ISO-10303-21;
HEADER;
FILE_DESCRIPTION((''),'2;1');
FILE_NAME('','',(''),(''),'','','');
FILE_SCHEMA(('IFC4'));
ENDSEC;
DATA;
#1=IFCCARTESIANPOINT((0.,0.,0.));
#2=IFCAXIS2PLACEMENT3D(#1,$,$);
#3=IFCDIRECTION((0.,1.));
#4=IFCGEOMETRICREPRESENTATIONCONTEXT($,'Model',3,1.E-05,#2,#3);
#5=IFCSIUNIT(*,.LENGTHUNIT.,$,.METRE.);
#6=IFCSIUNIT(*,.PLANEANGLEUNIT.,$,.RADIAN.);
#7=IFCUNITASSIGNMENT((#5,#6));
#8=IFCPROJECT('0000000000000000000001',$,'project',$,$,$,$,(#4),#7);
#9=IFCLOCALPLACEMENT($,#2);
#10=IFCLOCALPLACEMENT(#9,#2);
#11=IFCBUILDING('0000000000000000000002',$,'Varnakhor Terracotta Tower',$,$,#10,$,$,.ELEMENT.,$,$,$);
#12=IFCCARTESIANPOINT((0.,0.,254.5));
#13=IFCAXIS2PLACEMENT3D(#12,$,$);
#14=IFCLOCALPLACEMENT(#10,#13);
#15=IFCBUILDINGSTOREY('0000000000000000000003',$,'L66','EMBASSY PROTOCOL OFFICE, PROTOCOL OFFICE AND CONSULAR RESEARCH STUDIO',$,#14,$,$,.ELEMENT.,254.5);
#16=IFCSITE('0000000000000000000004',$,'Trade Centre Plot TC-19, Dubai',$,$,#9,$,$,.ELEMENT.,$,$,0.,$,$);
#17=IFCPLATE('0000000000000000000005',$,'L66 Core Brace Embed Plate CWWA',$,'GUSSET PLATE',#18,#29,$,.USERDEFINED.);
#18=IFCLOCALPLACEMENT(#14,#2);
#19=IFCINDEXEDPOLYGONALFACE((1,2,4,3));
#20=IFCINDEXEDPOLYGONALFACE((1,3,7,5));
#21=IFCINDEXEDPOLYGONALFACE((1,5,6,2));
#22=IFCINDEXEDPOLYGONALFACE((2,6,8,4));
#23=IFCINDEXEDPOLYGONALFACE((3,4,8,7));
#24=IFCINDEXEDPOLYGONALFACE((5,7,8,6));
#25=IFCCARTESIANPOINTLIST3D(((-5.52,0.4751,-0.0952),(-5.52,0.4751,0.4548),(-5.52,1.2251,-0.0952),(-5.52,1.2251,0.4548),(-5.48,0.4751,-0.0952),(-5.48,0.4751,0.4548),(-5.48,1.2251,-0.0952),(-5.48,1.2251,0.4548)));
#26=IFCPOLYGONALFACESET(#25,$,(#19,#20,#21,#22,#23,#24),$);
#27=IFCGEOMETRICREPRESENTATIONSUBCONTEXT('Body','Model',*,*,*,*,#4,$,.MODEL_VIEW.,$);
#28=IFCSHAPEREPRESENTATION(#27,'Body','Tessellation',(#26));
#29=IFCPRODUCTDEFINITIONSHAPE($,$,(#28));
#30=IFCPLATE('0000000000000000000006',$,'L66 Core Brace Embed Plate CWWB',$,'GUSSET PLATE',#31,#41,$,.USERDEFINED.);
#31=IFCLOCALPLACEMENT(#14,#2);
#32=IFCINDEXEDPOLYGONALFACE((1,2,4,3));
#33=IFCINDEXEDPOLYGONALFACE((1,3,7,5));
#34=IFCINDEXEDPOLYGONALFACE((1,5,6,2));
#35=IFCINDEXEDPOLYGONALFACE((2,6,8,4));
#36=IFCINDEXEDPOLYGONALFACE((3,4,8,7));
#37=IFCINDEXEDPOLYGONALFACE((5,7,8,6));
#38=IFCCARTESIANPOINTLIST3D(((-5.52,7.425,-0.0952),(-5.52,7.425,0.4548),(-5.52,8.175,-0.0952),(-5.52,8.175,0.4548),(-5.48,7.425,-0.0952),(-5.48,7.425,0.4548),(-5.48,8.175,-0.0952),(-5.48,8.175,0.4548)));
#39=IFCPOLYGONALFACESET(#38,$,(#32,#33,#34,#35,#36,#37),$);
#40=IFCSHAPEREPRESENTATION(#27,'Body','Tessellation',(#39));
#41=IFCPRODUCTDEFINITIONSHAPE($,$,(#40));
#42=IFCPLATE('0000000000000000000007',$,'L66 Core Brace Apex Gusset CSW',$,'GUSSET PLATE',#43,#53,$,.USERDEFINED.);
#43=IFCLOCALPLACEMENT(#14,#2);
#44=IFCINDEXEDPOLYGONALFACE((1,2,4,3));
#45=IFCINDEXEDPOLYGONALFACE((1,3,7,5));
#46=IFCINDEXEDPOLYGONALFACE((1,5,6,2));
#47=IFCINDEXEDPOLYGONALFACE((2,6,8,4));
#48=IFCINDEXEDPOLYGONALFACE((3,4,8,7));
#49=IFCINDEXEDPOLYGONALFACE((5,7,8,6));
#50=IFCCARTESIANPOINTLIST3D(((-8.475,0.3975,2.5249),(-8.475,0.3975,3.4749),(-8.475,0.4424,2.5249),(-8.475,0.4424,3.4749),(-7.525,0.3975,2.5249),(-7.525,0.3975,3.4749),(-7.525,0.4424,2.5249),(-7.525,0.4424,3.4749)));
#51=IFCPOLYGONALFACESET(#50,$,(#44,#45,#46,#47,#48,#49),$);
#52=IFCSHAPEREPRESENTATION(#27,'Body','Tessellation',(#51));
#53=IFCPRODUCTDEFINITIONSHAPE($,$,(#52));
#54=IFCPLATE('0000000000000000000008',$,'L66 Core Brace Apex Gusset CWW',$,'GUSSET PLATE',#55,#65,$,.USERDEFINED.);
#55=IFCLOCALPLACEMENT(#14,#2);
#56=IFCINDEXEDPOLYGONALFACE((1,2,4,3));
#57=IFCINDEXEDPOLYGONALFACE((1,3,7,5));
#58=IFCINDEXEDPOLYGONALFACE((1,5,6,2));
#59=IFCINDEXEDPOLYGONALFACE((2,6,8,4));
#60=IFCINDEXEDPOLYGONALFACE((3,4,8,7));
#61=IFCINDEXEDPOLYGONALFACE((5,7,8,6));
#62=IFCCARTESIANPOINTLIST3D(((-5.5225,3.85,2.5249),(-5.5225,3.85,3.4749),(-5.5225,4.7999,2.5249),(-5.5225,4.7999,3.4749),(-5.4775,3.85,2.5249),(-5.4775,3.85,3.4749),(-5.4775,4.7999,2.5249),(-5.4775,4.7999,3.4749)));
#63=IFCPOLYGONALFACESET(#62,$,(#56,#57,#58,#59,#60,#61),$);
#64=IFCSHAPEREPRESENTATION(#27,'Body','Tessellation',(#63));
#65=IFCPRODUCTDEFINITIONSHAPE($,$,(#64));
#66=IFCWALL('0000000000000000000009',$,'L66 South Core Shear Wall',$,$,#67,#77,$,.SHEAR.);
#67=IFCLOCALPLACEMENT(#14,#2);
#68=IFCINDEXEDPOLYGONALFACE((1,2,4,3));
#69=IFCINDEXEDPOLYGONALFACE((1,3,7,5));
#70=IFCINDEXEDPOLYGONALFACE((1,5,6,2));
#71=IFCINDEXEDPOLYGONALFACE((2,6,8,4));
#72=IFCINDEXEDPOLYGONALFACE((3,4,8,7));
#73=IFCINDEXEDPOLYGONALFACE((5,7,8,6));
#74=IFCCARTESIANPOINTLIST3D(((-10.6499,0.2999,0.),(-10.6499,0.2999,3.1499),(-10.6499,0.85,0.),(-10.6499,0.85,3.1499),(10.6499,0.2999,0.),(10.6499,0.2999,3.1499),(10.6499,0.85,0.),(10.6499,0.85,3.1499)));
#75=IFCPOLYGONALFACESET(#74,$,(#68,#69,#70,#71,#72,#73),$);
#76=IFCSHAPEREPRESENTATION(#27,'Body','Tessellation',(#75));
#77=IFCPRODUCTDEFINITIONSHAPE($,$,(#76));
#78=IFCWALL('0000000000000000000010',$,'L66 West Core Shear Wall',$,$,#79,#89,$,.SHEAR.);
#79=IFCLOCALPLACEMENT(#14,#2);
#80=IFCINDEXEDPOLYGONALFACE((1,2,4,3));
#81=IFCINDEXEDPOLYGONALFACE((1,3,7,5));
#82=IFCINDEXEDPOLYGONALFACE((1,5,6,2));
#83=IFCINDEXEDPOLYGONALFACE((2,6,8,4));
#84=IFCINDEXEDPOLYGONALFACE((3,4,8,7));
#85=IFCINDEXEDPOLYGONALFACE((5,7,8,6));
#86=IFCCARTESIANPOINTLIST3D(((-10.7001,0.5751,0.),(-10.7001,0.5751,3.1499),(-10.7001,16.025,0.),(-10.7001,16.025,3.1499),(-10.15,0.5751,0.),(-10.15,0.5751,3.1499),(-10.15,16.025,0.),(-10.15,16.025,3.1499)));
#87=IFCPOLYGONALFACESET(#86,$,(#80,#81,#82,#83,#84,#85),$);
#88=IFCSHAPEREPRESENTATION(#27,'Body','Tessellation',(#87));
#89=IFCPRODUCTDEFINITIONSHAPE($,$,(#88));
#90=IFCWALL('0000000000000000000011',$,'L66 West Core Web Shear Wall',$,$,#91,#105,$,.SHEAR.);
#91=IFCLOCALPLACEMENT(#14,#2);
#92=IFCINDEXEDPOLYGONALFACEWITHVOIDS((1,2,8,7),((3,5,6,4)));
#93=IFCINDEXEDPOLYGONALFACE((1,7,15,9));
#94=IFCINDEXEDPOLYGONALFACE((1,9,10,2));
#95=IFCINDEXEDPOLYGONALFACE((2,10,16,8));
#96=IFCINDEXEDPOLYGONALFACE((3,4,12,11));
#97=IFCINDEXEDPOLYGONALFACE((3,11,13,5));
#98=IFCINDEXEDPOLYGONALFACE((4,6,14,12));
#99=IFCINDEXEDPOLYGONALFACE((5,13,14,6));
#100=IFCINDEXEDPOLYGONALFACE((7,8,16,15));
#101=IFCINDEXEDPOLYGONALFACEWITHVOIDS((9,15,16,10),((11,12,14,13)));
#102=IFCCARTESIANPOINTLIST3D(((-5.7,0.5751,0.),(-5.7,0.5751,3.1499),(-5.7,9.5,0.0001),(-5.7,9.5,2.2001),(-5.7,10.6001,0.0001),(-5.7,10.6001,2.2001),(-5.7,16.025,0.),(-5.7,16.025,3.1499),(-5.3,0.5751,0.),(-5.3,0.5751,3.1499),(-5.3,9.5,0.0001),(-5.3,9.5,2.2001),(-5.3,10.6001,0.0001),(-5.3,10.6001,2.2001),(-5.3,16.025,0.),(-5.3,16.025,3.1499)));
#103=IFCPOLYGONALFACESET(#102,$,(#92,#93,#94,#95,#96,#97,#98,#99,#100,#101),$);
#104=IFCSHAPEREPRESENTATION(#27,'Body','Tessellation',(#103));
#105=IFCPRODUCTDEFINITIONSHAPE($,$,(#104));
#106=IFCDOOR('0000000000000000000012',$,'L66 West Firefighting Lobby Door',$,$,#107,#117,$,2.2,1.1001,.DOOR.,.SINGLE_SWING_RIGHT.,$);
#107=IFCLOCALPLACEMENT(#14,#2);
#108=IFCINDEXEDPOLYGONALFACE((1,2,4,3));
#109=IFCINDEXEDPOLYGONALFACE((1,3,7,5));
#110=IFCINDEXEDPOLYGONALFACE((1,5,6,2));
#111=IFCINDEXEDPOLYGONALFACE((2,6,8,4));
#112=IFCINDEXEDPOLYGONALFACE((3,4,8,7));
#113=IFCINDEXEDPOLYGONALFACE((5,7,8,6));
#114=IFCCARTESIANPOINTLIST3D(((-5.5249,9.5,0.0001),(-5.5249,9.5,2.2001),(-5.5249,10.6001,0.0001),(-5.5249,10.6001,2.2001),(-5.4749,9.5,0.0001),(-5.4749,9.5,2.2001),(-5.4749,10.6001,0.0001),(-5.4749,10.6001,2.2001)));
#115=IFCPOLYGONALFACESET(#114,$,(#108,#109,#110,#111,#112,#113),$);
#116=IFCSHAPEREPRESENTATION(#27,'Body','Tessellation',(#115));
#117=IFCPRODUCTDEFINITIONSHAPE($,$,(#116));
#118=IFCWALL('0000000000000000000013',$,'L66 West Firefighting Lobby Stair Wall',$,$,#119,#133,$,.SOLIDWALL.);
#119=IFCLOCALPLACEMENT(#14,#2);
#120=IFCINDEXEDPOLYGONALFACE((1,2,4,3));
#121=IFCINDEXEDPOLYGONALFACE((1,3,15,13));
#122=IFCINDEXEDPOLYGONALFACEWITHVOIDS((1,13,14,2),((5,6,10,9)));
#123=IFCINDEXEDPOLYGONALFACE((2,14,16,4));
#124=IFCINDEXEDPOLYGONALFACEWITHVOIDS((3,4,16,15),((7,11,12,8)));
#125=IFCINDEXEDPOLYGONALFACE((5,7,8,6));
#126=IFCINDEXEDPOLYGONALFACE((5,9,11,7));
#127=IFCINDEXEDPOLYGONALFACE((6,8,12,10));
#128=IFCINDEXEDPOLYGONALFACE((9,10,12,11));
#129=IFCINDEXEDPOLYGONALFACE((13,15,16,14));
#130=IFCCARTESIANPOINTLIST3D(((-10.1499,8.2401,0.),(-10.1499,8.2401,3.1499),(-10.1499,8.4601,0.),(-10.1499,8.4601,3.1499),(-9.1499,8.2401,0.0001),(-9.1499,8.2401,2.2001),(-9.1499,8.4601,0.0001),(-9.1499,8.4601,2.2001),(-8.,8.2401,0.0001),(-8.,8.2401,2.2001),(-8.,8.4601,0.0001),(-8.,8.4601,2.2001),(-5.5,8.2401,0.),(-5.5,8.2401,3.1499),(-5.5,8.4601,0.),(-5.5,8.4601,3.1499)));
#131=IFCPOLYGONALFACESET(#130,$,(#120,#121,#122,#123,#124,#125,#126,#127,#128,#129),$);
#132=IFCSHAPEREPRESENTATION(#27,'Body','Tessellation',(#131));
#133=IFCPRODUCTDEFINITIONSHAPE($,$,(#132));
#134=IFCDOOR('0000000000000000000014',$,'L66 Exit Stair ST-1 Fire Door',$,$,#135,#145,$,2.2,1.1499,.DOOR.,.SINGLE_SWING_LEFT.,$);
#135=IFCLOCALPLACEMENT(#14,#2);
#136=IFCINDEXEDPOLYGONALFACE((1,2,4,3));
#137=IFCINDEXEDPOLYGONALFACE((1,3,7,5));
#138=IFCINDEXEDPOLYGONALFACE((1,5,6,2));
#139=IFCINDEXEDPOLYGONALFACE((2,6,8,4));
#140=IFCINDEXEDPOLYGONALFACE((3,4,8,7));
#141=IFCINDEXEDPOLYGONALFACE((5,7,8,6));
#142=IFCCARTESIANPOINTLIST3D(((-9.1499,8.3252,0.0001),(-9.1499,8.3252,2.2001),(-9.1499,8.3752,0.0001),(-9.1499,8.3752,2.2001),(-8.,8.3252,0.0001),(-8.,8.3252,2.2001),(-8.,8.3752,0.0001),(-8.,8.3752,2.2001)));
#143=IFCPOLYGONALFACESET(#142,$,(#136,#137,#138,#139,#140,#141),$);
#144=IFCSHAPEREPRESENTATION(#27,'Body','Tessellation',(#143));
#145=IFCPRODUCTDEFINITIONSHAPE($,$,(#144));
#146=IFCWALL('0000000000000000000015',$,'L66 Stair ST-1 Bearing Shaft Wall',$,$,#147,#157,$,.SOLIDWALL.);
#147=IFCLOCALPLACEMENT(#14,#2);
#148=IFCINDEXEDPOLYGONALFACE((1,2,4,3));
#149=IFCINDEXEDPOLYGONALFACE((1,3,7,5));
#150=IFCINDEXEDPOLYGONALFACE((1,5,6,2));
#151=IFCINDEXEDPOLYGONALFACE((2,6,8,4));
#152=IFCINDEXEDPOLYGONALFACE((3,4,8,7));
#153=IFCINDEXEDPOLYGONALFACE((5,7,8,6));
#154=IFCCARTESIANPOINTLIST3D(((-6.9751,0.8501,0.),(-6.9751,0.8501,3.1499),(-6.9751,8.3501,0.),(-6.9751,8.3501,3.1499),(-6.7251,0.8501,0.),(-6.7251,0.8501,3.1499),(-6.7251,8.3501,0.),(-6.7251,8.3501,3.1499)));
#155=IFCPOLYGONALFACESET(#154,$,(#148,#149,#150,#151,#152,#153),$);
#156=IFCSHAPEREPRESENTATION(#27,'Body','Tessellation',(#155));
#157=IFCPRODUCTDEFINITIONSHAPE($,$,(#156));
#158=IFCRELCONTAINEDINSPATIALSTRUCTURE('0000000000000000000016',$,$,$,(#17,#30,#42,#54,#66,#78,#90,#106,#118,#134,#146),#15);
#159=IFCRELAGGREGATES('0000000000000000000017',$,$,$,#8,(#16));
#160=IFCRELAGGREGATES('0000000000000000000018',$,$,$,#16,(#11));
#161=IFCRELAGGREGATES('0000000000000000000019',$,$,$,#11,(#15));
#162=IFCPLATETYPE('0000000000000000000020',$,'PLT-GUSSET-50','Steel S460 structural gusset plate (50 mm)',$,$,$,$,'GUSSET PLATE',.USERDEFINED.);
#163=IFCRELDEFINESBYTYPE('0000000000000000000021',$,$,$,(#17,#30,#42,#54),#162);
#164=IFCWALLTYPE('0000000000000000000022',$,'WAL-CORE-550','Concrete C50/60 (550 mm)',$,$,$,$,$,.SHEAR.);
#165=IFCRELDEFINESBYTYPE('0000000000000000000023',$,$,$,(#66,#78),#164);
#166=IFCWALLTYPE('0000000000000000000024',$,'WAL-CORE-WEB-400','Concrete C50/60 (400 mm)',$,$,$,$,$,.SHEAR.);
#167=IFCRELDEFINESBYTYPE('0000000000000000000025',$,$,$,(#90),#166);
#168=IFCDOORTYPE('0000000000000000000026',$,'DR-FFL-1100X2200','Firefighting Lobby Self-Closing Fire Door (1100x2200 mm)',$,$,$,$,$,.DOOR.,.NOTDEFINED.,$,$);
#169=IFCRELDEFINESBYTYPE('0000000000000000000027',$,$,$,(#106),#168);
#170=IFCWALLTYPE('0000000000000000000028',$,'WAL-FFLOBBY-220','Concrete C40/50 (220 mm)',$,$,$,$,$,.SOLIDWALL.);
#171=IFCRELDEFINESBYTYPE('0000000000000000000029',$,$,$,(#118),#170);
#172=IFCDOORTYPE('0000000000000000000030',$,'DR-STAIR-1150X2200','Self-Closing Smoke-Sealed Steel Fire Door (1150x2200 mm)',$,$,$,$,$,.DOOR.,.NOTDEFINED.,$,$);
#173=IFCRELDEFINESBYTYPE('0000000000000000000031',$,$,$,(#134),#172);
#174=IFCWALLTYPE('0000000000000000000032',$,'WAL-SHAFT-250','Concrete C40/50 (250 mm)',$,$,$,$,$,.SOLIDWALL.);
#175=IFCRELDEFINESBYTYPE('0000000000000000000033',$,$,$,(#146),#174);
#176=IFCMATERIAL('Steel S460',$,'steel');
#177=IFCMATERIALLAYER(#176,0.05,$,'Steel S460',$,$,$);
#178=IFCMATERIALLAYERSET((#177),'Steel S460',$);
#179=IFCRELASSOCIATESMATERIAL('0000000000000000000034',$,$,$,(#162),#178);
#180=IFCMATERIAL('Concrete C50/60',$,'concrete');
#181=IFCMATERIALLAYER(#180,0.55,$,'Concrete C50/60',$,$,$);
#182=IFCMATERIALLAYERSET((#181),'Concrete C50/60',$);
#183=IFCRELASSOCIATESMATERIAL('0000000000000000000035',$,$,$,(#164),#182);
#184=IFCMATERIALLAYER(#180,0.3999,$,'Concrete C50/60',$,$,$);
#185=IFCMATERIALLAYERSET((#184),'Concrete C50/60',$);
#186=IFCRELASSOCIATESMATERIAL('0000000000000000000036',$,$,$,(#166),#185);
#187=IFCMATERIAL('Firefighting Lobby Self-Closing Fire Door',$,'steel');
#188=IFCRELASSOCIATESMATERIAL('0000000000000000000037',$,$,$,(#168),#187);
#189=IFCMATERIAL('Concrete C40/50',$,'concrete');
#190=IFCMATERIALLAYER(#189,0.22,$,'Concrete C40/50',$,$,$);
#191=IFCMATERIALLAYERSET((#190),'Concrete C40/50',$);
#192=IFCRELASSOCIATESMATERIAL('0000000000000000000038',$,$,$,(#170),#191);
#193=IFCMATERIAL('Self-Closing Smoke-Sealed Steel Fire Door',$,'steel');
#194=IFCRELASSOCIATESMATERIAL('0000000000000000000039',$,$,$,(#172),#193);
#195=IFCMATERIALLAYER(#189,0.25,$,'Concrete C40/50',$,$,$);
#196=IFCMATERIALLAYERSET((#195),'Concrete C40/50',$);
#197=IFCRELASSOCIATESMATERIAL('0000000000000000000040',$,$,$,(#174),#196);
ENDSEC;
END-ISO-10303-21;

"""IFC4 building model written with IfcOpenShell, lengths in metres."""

from ifc_helpers import new_model, si_unit, direction, frame, frame_2d, origin, origin_2d, place, context, subcontext, project, spatial, rectangle, extrude, source, transform, mapped, material, layer, layer_set, type_object, type_shapes, element, fill, save


model = new_model("IFC4")

# Units and contexts
model_context = context("Model", 3, precision=1e-05, world=origin(), true_north=direction((0.0, 1.0)))
body_context = subcontext(model_context, "Body", "Model", "MODEL_VIEW")
ifc_project = project(units=[si_unit("LENGTHUNIT", "METRE"), si_unit("PLANEANGLEUNIT", "RADIAN")], contexts=[model_context])

# Site, building, storey
site_placement = place(None, origin())
site = spatial("IfcSite", under=ifc_project, at=site_placement, Name="Trade Centre Plot TC-19, Dubai", CompositionType="ELEMENT", RefElevation=0.0)
building_placement = place(site_placement, origin())
building = spatial("IfcBuilding", under=site, at=building_placement, Name="Varnakhor Terracotta Tower", CompositionType="ELEMENT")
storey_placement = place(building_placement, frame((0.0, 0.0, 254.5)))
storey = spatial("IfcBuildingStorey", under=building, at=storey_placement, Name="L66", Description="EMBASSY PROTOCOL OFFICE, PROTOCOL OFFICE AND CONSULAR RESEARCH STUDIO", CompositionType="ELEMENT", Elevation=254.5)

# Shared definitions
ifc_material_1 = material(Name="Concrete C50/60", Category="concrete")

# Plates
ifc_material_2 = material(Name="Steel S460", Category="steel")
ifc_layer_1 = layer(ifc_material_2, 0.05, Name="Steel S460")
ifc_layer_set_1 = layer_set([ifc_layer_1], Name="Steel S460")
plate_type = type_object("IfcPlateType", Name="PLT-GUSSET-50", Description="Steel S460 structural gusset plate (50 mm)", ElementType="GUSSET PLATE", PredefinedType="USERDEFINED", material=ifc_layer_set_1)
shared_shape_1 = source(origin(), body_context, "Body", "SweptSolid", [
    extrude(rectangle(XDim=0.75, YDim=0.04, at=origin_2d()), origin(), (0.0, 0.0, 1.0), 0.55),
])
type_shapes(plate_type, [shared_shape_1])
for number, where, z_axis, x_axis, name in (
    (1, (-5.5, 0.8501, -0.0952), (0.0, 0.0, 1.0), (0.0, 1.0, 0.0), "L66 Core Brace Embed Plate CWWA"),
    (2, (-5.5, 7.8, -0.0952), (0.0, 0.0, 1.0), (0.0, 1.0, 0.0), "L66 Core Brace Embed Plate CWWB"),
):
    element("IfcPlate", number, at=place(storey_placement, frame(where, z_axis=z_axis, x_axis=x_axis)), inside=storey, type_object=plate_type, Name=name, ObjectType="GUSSET PLATE", PredefinedType="USERDEFINED", context=body_context, shape_type="MappedRepresentation", body=[
        mapped(shared_shape_1, transform((0.0, 0.0, 0.0), scale=1.0)),
    ])
shared_shape_2 = source(origin(), body_context, "Body", "SweptSolid", [
    extrude(rectangle(XDim=0.95, YDim=0.0449, at=origin_2d()), origin(), (0.0, 0.0, 1.0), 0.95),
])
for number, where, z_axis, x_axis, name in (
    (3, (-8.0, 0.4199, 2.5249), (0.0, 0.0, 1.0), (1.0, 0.0, 0.0), "L66 Core Brace Apex Gusset CSW"),
    (4, (-5.5, 4.325, 2.5249), (0.0, 0.0, 1.0), (0.0, 1.0, 0.0), "L66 Core Brace Apex Gusset CWW"),
):
    element("IfcPlate", number, at=place(storey_placement, frame(where, z_axis=z_axis, x_axis=x_axis)), inside=storey, type_object=plate_type, Name=name, ObjectType="GUSSET PLATE", PredefinedType="USERDEFINED", context=body_context, shape_type="MappedRepresentation", body=[
        mapped(shared_shape_2, transform((0.0, 0.0, 0.0), scale=1.0)),
    ])

# Walls
ifc_layer_2 = layer(ifc_material_1, 0.55, Name="Concrete C50/60")
ifc_layer_set_2 = layer_set([ifc_layer_2], Name="Concrete C50/60")
wall_type_1 = type_object("IfcWallType", Name="WAL-CORE-550", Description="Concrete C50/60 (550 mm)", PredefinedType="SHEAR", material=ifc_layer_set_2)
wall_1_placement = place(storey_placement, frame((-10.6499, 0.575, 0.0), z_axis=(0.0, 0.0, 1.0), x_axis=(1.0, 0.0, 0.0)))
element("IfcWall", 5, at=wall_1_placement, inside=storey, type_object=wall_type_1, Name="L66 South Core Shear Wall", PredefinedType="SHEAR", context=body_context, shape_type="SweptSolid", body=[
    extrude(rectangle(XDim=21.2998, YDim=0.55, at=frame_2d((10.6499, 0.0))), origin(), (0.0, 0.0, 1.0), 3.1499),
])
wall_2_placement = place(storey_placement, frame((-10.425, 0.575, 0.0), z_axis=(0.0, 0.0, 1.0), x_axis=(0.0, 1.0, 0.0)))
element("IfcWall", 6, at=wall_2_placement, inside=storey, type_object=wall_type_1, Name="L66 West Core Shear Wall", PredefinedType="SHEAR", context=body_context, shape_type="SweptSolid", body=[
    extrude(rectangle(XDim=15.45, YDim=0.55, at=frame_2d((7.7251, 0.0))), origin(), (0.0, 0.0, 1.0), 3.1499),
])

# Walls, openings, doors
ifc_layer_3 = layer(ifc_material_1, 0.3999, Name="Concrete C50/60")
ifc_layer_set_3 = layer_set([ifc_layer_3], Name="Concrete C50/60")
wall_type_2 = type_object("IfcWallType", Name="WAL-CORE-WEB-400", Description="Concrete C50/60 (400 mm)", PredefinedType="SHEAR", material=ifc_layer_set_3)
wall_3_placement = place(storey_placement, frame((-5.5, 0.575, 0.0), z_axis=(0.0, 0.0, 1.0), x_axis=(0.0, 1.0, 0.0)))
wall_3 = element("IfcWall", 7, at=wall_3_placement, inside=storey, type_object=wall_type_2, Name="L66 West Core Web Shear Wall", PredefinedType="SHEAR", context=body_context, shape_type="SweptSolid", body=[
    extrude(rectangle(XDim=15.45, YDim=0.3999, at=frame_2d((7.7251, 0.0))), origin(), (0.0, 0.0, 1.0), 3.1499),
])
opening_1_placement = place(wall_3_placement, frame((8.925, 0.0, 0.0)))
opening_1 = element("IfcOpeningElement", 8, at=opening_1_placement, cuts=wall_3, PredefinedType="OPENING", context=body_context, shape_type="SweptSolid", body=[
    extrude(rectangle(XDim=1.1001, YDim=2.2, at=frame_2d((0.55, 1.1001))), frame((0.0, 0.21, 0.0), z_axis=(0.0, -1.0, 0.0), x_axis=(1.0, 0.0, 0.0)), (0.0, 0.0, 1.0), 0.4199),
])
ifc_material_3 = material(Name="Firefighting Lobby Self-Closing Fire Door", Category="steel")
door_type_1 = type_object("IfcDoorType", Name="DR-FFL-1100X2200", Description="Firefighting Lobby Self-Closing Fire Door (1100x2200 mm)", OperationType="NOTDEFINED", PredefinedType="DOOR", material=ifc_material_3)
shared_shape_3 = source(origin(), body_context, "Body", "SweptSolid", [
    extrude(rectangle(XDim=1.1001, YDim=2.2, at=frame_2d((0.55, 1.1001))), frame((0.0, 0.0249, 0.0), z_axis=(0.0, -1.0, 0.0), x_axis=(1.0, 0.0, 0.0)), (0.0, 0.0, 1.0), 0.05),
])
type_shapes(door_type_1, [shared_shape_3])
door_1_placement = place(opening_1_placement, origin())
door_1 = element("IfcDoor", 9, at=door_1_placement, inside=storey, type_object=door_type_1, Name="L66 West Firefighting Lobby Door", OperationType="SINGLE_SWING_RIGHT", OverallHeight=2.2, OverallWidth=1.1001, PredefinedType="DOOR", context=body_context, shape_type="MappedRepresentation", body=[
    mapped(shared_shape_3, transform((0.0, 0.0, 0.0), scale=1.0)),
])
fill(opening_1, door_1)
ifc_material_4 = material(Name="Concrete C40/50", Category="concrete")
ifc_layer_4 = layer(ifc_material_4, 0.22, Name="Concrete C40/50")
ifc_layer_set_4 = layer_set([ifc_layer_4], Name="Concrete C40/50")
wall_type_3 = type_object("IfcWallType", Name="WAL-FFLOBBY-220", Description="Concrete C40/50 (220 mm)", PredefinedType="SOLIDWALL", material=ifc_layer_set_4)
wall_4_placement = place(storey_placement, frame((-5.5, 8.3501, 0.0), z_axis=(0.0, 0.0, 1.0), x_axis=(-1.0, 0.0, 0.0)))
wall_4 = element("IfcWall", 10, at=wall_4_placement, inside=storey, type_object=wall_type_3, Name="L66 West Firefighting Lobby Stair Wall", PredefinedType="SOLIDWALL", context=body_context, shape_type="SweptSolid", body=[
    extrude(rectangle(XDim=4.6499, YDim=0.22, at=frame_2d((2.325, 0.0))), origin(), (0.0, 0.0, 1.0), 3.1499),
])
opening_2_placement = place(wall_4_placement, frame((2.5, 0.0, 0.0)))
opening_2 = element("IfcOpeningElement", 11, at=opening_2_placement, cuts=wall_4, PredefinedType="OPENING", context=body_context, shape_type="SweptSolid", body=[
    extrude(rectangle(XDim=1.1499, YDim=2.2, at=frame_2d((0.575, 1.1001))), frame((0.0, 0.1201, 0.0), z_axis=(0.0, -1.0, 0.0), x_axis=(1.0, 0.0, 0.0)), (0.0, 0.0, 1.0), 0.24),
])
ifc_material_5 = material(Name="Self-Closing Smoke-Sealed Steel Fire Door", Category="steel")
door_type_2 = type_object("IfcDoorType", Name="DR-STAIR-1150X2200", Description="Self-Closing Smoke-Sealed Steel Fire Door (1150x2200 mm)", OperationType="NOTDEFINED", PredefinedType="DOOR", material=ifc_material_5)
shared_shape_4 = source(origin(), body_context, "Body", "SweptSolid", [
    extrude(rectangle(XDim=1.1499, YDim=2.2, at=frame_2d((0.575, 1.1001))), frame((0.0, 0.0249, 0.0), z_axis=(0.0, -1.0, 0.0), x_axis=(1.0, 0.0, 0.0)), (0.0, 0.0, 1.0), 0.05),
])
type_shapes(door_type_2, [shared_shape_4])
door_2_placement = place(opening_2_placement, origin())
door_2 = element("IfcDoor", 12, at=door_2_placement, inside=storey, type_object=door_type_2, Name="L66 Exit Stair ST-1 Fire Door", OperationType="SINGLE_SWING_LEFT", OverallHeight=2.2, OverallWidth=1.1499, PredefinedType="DOOR", context=body_context, shape_type="MappedRepresentation", body=[
    mapped(shared_shape_4, transform((0.0, 0.0, 0.0), scale=1.0)),
])
fill(opening_2, door_2)

# Wall
ifc_layer_5 = layer(ifc_material_4, 0.25, Name="Concrete C40/50")
ifc_layer_set_5 = layer_set([ifc_layer_5], Name="Concrete C40/50")
wall_type_4 = type_object("IfcWallType", Name="WAL-SHAFT-250", Description="Concrete C40/50 (250 mm)", PredefinedType="SOLIDWALL", material=ifc_layer_set_5)
wall_5_placement = place(storey_placement, frame((-6.8501, 0.8501, 0.0), z_axis=(0.0, 0.0, 1.0), x_axis=(0.0, 1.0, 0.0)))
element("IfcWall", 13, at=wall_5_placement, inside=storey, type_object=wall_type_4, Name="L66 Stair ST-1 Bearing Shaft Wall", PredefinedType="SOLIDWALL", context=body_context, shape_type="SweptSolid", body=[
    extrude(rectangle(XDim=7.5, YDim=0.25, at=frame_2d((3.75, 0.0))), origin(), (0.0, 0.0, 1.0), 3.1499),
])

save(model, "model.ifc")
